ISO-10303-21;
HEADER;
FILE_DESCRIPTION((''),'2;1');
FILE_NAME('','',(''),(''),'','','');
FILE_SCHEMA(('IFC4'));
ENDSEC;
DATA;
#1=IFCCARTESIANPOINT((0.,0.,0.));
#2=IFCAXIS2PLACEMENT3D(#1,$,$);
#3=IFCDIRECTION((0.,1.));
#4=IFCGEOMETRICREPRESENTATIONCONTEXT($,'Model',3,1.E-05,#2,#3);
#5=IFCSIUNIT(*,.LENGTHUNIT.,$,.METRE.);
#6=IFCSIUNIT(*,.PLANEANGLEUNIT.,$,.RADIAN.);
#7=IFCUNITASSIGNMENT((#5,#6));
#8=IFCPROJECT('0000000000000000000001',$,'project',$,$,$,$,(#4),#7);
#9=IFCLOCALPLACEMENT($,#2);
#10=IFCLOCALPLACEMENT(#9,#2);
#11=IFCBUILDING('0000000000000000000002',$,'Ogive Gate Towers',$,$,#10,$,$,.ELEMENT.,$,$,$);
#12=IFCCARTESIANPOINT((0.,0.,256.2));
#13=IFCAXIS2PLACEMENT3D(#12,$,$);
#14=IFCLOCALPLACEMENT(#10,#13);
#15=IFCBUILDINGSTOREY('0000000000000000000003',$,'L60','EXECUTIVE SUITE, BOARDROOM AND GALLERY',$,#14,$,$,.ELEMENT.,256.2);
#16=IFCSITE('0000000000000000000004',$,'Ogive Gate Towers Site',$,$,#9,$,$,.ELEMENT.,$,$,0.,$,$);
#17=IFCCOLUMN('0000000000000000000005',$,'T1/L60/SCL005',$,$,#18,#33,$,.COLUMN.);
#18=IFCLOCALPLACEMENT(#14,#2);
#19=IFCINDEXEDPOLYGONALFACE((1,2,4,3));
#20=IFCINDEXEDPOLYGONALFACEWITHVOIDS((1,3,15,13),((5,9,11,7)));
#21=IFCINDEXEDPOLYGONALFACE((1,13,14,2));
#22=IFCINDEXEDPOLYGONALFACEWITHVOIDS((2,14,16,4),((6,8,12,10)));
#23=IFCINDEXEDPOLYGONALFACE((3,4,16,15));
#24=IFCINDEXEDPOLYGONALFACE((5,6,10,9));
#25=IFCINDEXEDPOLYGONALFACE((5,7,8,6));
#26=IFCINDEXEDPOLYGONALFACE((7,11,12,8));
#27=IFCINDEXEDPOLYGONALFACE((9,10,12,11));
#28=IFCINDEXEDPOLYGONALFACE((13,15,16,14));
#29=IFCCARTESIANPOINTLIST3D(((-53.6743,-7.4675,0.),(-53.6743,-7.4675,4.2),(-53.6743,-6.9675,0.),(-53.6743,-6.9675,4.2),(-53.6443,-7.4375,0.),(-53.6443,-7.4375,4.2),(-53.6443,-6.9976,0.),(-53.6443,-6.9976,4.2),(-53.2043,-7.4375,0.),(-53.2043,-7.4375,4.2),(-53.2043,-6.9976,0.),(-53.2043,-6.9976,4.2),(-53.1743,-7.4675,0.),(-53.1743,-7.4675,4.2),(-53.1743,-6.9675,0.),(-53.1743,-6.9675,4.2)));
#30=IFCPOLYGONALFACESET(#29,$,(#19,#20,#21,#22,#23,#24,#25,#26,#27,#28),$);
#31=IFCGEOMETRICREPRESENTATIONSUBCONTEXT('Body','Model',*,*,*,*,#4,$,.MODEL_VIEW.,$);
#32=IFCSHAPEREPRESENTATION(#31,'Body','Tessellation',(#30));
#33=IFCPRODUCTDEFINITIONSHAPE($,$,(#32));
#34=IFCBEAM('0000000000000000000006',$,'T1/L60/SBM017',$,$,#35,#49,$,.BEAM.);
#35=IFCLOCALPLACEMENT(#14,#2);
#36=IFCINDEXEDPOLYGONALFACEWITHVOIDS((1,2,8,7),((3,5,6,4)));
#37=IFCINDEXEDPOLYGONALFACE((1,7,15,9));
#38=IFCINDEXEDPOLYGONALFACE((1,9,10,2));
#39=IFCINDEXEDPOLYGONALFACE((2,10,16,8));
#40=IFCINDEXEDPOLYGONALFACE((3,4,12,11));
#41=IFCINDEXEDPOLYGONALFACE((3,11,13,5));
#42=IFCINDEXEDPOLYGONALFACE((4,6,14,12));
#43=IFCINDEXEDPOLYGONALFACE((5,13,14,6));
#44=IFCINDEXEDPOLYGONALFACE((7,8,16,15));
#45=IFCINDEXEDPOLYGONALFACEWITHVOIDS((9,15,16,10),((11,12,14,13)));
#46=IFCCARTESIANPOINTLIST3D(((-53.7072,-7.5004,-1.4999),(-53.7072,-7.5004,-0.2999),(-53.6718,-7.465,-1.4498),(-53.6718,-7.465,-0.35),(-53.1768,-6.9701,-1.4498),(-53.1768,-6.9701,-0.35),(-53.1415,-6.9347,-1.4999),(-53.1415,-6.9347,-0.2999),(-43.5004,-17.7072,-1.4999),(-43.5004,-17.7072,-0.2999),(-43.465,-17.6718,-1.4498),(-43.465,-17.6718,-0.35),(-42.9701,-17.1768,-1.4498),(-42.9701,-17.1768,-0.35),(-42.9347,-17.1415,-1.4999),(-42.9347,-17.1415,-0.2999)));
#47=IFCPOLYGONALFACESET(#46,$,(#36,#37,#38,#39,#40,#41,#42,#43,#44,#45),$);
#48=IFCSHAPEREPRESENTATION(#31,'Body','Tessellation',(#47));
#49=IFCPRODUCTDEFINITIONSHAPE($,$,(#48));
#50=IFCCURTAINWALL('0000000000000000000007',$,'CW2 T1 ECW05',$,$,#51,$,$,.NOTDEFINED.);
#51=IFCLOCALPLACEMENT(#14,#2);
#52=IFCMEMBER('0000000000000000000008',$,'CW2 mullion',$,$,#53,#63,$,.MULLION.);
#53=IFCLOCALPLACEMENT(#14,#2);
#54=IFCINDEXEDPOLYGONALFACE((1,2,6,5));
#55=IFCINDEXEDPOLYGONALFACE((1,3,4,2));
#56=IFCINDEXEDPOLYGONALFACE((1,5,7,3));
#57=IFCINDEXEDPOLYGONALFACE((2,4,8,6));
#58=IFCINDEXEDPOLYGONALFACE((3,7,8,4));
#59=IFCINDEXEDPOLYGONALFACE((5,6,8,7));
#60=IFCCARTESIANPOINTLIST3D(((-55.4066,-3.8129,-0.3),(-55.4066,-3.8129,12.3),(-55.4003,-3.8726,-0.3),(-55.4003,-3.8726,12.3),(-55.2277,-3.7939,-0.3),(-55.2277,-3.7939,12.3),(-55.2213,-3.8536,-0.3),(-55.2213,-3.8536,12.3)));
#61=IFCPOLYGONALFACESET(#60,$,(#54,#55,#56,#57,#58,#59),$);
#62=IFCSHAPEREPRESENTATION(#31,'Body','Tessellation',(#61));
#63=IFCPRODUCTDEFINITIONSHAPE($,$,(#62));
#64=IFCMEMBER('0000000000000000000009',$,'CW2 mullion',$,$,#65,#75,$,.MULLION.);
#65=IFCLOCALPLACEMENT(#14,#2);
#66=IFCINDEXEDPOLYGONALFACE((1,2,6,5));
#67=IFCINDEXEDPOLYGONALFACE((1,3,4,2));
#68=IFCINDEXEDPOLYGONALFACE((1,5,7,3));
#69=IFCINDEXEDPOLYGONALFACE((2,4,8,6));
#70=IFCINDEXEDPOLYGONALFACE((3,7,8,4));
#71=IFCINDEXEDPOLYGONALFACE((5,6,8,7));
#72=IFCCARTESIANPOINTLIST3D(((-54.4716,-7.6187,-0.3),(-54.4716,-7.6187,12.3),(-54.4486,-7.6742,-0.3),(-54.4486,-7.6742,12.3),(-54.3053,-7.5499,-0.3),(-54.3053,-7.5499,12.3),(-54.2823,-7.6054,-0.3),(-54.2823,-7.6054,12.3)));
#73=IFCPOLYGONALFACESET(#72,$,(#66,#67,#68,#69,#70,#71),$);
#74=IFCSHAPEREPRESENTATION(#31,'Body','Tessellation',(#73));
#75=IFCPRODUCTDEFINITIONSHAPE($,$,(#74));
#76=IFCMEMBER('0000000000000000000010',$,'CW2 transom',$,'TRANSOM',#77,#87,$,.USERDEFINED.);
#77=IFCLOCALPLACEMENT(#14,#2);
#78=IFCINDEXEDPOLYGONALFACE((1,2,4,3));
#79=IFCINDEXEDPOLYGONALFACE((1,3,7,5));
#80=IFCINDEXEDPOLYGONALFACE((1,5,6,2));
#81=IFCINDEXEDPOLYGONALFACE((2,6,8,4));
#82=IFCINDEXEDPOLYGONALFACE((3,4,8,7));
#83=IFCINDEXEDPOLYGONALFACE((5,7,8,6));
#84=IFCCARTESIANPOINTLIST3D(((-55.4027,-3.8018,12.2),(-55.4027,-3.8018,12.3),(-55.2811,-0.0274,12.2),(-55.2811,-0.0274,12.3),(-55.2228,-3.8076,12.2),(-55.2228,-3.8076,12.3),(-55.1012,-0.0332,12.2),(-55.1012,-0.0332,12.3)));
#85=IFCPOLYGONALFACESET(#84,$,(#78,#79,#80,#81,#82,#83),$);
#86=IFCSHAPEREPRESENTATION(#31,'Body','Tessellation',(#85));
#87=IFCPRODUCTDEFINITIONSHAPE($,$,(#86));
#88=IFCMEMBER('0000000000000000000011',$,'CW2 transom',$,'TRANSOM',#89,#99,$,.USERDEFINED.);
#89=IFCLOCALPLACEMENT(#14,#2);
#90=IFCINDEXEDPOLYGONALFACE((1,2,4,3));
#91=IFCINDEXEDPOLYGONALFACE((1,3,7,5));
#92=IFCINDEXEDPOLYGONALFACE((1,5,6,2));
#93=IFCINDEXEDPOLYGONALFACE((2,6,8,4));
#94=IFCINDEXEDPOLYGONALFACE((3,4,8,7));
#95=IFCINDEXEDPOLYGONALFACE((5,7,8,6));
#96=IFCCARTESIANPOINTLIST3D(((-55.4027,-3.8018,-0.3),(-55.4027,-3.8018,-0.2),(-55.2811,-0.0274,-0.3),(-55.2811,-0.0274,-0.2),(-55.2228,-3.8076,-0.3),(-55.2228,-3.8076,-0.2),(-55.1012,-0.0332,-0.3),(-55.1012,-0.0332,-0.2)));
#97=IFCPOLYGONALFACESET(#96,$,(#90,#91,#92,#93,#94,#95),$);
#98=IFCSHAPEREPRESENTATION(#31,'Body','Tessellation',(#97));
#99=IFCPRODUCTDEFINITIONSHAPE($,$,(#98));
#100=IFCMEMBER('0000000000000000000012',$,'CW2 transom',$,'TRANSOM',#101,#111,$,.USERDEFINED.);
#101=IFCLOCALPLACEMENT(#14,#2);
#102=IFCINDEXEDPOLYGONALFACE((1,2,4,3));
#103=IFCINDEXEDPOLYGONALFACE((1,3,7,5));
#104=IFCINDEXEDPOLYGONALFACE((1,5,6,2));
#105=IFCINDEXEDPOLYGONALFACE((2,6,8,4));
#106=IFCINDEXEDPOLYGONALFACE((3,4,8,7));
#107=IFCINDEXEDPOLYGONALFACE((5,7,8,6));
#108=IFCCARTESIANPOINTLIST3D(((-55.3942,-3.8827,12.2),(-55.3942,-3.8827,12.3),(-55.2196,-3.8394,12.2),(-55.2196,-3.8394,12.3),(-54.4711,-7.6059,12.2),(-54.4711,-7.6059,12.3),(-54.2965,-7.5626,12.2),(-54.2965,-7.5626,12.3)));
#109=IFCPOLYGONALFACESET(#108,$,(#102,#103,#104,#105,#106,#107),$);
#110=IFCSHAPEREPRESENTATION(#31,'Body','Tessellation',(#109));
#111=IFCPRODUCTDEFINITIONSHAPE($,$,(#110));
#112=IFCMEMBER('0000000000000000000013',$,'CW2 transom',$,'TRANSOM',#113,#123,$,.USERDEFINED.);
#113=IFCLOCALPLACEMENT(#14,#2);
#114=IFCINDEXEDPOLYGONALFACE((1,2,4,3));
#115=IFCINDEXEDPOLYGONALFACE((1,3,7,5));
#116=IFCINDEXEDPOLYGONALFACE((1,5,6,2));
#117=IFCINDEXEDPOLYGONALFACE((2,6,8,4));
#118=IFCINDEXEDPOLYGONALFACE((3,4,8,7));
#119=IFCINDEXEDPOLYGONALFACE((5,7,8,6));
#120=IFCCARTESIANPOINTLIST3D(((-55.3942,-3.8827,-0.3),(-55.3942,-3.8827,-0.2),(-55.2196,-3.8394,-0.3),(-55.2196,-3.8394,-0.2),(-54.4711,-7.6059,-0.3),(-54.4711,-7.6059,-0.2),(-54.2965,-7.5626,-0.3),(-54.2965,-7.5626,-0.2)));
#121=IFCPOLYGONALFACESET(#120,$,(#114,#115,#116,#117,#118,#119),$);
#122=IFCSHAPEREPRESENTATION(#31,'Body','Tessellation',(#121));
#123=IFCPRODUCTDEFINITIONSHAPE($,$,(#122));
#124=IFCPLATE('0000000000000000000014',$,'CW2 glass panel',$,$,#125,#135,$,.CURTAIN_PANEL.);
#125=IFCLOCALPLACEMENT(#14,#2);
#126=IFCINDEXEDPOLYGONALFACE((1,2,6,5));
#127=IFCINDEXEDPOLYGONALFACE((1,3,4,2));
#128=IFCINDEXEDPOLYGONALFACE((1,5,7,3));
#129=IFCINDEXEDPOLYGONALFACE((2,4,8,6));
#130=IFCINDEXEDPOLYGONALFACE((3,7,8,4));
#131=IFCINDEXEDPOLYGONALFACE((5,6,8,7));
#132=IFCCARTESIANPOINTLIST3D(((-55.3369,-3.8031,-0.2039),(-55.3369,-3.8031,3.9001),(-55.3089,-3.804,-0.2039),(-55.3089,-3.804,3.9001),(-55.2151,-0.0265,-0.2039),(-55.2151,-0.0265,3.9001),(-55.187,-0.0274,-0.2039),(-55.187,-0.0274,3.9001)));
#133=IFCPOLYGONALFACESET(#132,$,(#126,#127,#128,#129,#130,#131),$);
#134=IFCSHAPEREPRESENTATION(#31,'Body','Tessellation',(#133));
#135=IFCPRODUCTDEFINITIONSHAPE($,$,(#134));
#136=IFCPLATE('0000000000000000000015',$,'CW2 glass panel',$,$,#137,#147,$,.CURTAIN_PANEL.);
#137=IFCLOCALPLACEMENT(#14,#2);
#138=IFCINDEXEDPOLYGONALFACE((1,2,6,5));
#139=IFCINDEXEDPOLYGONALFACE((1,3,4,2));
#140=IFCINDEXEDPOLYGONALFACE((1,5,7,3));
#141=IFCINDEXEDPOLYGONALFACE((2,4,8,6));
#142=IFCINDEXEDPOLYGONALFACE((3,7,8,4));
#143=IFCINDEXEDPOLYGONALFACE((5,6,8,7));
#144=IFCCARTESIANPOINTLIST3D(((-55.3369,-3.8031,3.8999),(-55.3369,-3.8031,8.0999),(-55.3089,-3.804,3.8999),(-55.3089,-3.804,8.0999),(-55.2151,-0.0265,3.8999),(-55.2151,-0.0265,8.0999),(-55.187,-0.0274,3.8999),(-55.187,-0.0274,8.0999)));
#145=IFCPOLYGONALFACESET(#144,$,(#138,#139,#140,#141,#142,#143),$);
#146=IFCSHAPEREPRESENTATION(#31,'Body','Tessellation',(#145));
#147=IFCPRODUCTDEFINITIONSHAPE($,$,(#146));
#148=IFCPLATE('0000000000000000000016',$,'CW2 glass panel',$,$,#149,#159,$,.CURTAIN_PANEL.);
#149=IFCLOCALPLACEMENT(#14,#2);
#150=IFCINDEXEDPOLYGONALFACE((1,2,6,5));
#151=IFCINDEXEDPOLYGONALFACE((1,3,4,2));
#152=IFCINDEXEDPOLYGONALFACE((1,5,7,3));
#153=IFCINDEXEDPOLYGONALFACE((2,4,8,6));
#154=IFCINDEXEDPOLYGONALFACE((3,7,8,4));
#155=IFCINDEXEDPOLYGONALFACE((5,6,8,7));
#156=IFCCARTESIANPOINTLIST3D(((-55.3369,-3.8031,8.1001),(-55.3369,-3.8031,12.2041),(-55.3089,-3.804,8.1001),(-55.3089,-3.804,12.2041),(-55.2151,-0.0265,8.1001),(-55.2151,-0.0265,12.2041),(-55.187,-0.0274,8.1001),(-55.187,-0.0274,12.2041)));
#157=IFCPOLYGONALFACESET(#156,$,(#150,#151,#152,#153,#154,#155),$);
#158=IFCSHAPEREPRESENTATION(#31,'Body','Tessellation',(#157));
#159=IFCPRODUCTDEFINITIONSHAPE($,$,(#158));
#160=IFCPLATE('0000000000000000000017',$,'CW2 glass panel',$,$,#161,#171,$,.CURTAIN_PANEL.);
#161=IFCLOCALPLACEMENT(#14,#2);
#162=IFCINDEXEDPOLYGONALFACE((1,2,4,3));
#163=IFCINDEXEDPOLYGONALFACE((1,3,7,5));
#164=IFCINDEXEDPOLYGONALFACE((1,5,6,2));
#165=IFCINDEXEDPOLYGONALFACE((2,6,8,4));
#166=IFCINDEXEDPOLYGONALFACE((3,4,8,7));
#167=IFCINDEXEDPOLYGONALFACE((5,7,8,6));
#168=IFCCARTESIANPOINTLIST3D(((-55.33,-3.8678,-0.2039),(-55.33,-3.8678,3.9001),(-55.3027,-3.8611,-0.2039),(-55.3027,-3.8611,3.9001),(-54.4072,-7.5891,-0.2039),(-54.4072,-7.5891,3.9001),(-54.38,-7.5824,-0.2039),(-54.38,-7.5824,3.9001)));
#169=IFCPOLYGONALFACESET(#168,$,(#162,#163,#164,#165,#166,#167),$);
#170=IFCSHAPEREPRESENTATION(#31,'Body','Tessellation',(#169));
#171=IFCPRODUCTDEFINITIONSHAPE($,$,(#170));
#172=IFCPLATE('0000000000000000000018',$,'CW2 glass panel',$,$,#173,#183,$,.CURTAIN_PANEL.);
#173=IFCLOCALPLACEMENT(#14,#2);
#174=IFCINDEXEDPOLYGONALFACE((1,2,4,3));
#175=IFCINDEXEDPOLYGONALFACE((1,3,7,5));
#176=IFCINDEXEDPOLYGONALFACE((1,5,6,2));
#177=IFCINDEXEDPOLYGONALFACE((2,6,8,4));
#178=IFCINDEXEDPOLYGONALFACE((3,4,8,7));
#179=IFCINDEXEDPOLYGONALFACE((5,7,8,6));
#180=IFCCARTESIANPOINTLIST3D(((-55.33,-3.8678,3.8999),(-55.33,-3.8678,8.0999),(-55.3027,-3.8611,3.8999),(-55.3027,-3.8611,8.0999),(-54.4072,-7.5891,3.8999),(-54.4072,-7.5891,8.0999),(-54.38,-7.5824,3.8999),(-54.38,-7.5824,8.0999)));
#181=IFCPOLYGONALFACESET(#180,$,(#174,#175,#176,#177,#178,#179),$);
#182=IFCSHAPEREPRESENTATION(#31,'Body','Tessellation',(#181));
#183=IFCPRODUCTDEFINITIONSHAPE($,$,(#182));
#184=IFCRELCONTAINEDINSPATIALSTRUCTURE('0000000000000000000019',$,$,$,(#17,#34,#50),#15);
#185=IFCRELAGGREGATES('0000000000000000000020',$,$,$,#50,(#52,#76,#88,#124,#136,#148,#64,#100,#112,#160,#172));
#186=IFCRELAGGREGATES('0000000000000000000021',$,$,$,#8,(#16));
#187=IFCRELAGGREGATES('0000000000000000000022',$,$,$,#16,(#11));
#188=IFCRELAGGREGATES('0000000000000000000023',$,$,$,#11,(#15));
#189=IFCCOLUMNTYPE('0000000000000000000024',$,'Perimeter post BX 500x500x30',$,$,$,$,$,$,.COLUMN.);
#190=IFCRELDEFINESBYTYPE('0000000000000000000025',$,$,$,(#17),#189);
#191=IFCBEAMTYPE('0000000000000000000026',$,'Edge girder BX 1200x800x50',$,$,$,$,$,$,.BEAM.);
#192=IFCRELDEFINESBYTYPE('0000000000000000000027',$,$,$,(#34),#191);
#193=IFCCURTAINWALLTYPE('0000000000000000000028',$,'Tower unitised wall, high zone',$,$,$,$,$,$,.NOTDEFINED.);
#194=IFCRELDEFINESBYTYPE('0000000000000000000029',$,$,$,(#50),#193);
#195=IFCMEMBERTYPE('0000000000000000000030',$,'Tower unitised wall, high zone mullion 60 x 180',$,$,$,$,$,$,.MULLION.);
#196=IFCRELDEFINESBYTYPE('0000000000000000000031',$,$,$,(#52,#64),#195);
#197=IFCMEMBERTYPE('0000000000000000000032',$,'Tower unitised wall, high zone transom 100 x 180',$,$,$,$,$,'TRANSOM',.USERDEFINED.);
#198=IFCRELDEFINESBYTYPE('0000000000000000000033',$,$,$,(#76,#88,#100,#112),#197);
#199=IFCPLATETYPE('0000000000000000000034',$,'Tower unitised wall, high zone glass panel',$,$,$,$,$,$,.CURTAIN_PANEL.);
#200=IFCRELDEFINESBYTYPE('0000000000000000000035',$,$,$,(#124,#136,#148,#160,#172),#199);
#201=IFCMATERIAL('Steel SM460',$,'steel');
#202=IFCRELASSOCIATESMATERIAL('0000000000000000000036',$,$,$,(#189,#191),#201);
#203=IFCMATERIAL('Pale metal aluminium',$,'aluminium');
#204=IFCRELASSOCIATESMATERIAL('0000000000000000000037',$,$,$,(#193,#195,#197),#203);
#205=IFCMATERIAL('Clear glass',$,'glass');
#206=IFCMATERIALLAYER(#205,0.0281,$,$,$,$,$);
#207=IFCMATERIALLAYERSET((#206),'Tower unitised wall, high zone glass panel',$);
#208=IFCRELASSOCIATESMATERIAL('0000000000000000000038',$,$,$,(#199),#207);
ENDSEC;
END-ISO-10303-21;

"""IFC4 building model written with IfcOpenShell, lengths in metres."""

from ifc_helpers import new_model, si_unit, direction, frame, origin, origin_2d, place, context, subcontext, project, spatial, rectangle, hollow_rectangle, extrude, material, layer, layer_set, material_profile, profile_set, type_object, element, aggregate, save


model = new_model("IFC4")

# Units and contexts
model_context = context("Model", 3, precision=1e-05, world=origin(), true_north=direction((0.0, 1.0)))
body_context = subcontext(model_context, "Body", "Model", "MODEL_VIEW")
ifc_project = project(units=[si_unit("LENGTHUNIT", "METRE"), si_unit("PLANEANGLEUNIT", "RADIAN")], contexts=[model_context])

# Site, building, storey
site_placement = place(None, origin())
site = spatial("IfcSite", under=ifc_project, at=site_placement, Name="Ogive Gate Towers Site", CompositionType="ELEMENT", RefElevation=0.0)
building_placement = place(site_placement, origin())
building = spatial("IfcBuilding", under=site, at=building_placement, Name="Ogive Gate Towers", CompositionType="ELEMENT")
storey_placement = place(building_placement, frame((0.0, 0.0, 256.2)))
storey = spatial("IfcBuildingStorey", under=building, at=storey_placement, Name="L60", Description="EXECUTIVE SUITE, BOARDROOM AND GALLERY", CompositionType="ELEMENT", Elevation=256.2)

# Column
ifc_material_1 = material(Name="Steel SM460", Category="steel")
ifc_material_profile_1 = material_profile(ifc_material_1, hollow_rectangle(XDim=0.5, YDim=0.5, WallThickness=0.03, at=origin_2d()), Name="BX 500x500x30")
ifc_profile_set_1 = profile_set([ifc_material_profile_1], Name="Steel SM460")
column_type = type_object("IfcColumnType", Name="Perimeter post BX 500x500x30", PredefinedType="COLUMN", material=ifc_profile_set_1)
column_placement = place(storey_placement, frame((-53.4243, -7.2175, 0.0), z_axis=(0.0, 0.0, 1.0), x_axis=(1.0, 0.0, 0.0)))
element("IfcColumn", 1, at=column_placement, inside=storey, type_object=column_type, Name="T1/L60/SCL005", PredefinedType="COLUMN", context=body_context, shape_type="SweptSolid", body=[
    extrude(hollow_rectangle(XDim=0.5, YDim=0.5, WallThickness=0.03, at=origin_2d()), origin(), (0.0, 0.0, 1.0), 4.2),
])

# Beam
ifc_material_profile_2 = material_profile(ifc_material_1, hollow_rectangle(XDim=0.8, YDim=1.2, WallThickness=0.05, at=origin_2d()), Name="BX 1200x800x50")
ifc_profile_set_2 = profile_set([ifc_material_profile_2], Name="Steel SM460")
beam_type = type_object("IfcBeamType", Name="Edge girder BX 1200x800x50", PredefinedType="BEAM", material=ifc_profile_set_2)
beam_placement = place(storey_placement, frame((-53.4243, -7.2175, -0.8999), z_axis=(0.707107, -0.707107, 0.0), x_axis=(0.707107, 0.707107, 0.0)))
element("IfcBeam", 2, at=beam_placement, inside=storey, type_object=beam_type, Name="T1/L60/SBM017", PredefinedType="BEAM", context=body_context, shape_type="SweptSolid", body=[
    extrude(hollow_rectangle(XDim=0.8, YDim=1.2, WallThickness=0.05, at=origin_2d()), origin(), (0.0, 0.0, 1.0), 14.4346),
])

# Curtain wall, members, plates
ifc_material_2 = material(Name="Pale metal aluminium", Category="aluminium")
curtain_wall_type = type_object("IfcCurtainWallType", Name="Tower unitised wall, high zone", PredefinedType="NOTDEFINED", material=ifc_material_2)
curtain_wall_placement = place(storey_placement, origin())
curtain_wall = element("IfcCurtainWall", 3, at=curtain_wall_placement, inside=storey, type_object=curtain_wall_type, Name="CW2 T1 ECW05", PredefinedType="NOTDEFINED")
ifc_material_profile_3 = material_profile(ifc_material_2, rectangle(XDim=0.1799, YDim=0.0601, at=origin_2d()), Name="60 x 180 aluminium box")
ifc_profile_set_3 = profile_set([ifc_material_profile_3], Name="Pale metal aluminium")
member_type_1 = type_object("IfcMemberType", Name="Tower unitised wall, high zone mullion 60 x 180", PredefinedType="MULLION", material=ifc_profile_set_3)
member_1_placement = place(storey_placement, frame((-55.314, -3.8333, -0.3), z_axis=(0.0, 0.0, 1.0), x_axis=(-0.994451, -0.105205, 0.0)))
member_1 = element("IfcMember", 4, at=member_1_placement, type_object=member_type_1, Name="CW2 mullion", PredefinedType="MULLION", context=body_context, shape_type="SweptSolid", body=[
    extrude(rectangle(XDim=0.1799, YDim=0.0601, at=origin_2d()), origin(), (0.0, 0.0, 1.0), 12.6001),
])
member_2_placement = place(storey_placement, frame((-54.377, -7.6121, -0.3), z_axis=(0.0, 0.0, 1.0), x_axis=(-0.92388, -0.382683, 0.0)))
member_2 = element("IfcMember", 5, at=member_2_placement, type_object=member_type_1, Name="CW2 mullion", PredefinedType="MULLION", context=body_context, shape_type="SweptSolid", body=[
    extrude(rectangle(XDim=0.1799, YDim=0.0601, at=origin_2d()), origin(), (0.0, 0.0, 1.0), 12.6001),
])
ifc_material_profile_4 = material_profile(ifc_material_2, rectangle(XDim=0.1799, YDim=0.1001, at=origin_2d()), Name="100 x 180 aluminium box")
ifc_profile_set_4 = profile_set([ifc_material_profile_4], Name="Pale metal aluminium")
member_type_2 = type_object("IfcMemberType", Name="Tower unitised wall, high zone transom 100 x 180", ElementType="TRANSOM", PredefinedType="USERDEFINED", material=ifc_profile_set_4)
member_3_placement = place(storey_placement, frame((-55.1912, -0.0303, 12.25), z_axis=(-0.032195, -0.999482, 0.0), x_axis=(0.999482, -0.032195, 0.0)))
member_3 = element("IfcMember", 6, at=member_3_placement, type_object=member_type_2, Name="CW2 transom", ObjectType="TRANSOM", PredefinedType="USERDEFINED", context=body_context, shape_type="SweptSolid", body=[
    extrude(rectangle(XDim=0.1799, YDim=0.1001, at=origin_2d()), origin(), (0.0, 0.0, 1.0), 3.7764),
])
member_4_placement = place(storey_placement, frame((-55.1912, -0.0303, -0.25), z_axis=(-0.032195, -0.999482, 0.0), x_axis=(0.999482, -0.032195, 0.0)))
member_4 = element("IfcMember", 7, at=member_4_placement, type_object=member_type_2, Name="CW2 transom", ObjectType="TRANSOM", PredefinedType="USERDEFINED", context=body_context, shape_type="SweptSolid", body=[
    extrude(rectangle(XDim=0.1799, YDim=0.1001, at=origin_2d()), origin(), (0.0, 0.0, 1.0), 3.7764),
])
member_5_placement = place(storey_placement, frame((-55.3069, -3.8611, 12.25), z_axis=(0.240648, -0.970612, 0.0), x_axis=(0.970612, 0.240648, 0.0)))
member_5 = element("IfcMember", 8, at=member_5_placement, type_object=member_type_2, Name="CW2 transom", ObjectType="TRANSOM", PredefinedType="USERDEFINED", context=body_context, shape_type="SweptSolid", body=[
    extrude(rectangle(XDim=0.1799, YDim=0.1001, at=origin_2d()), origin(), (0.0, 0.0, 1.0), 3.8359),
])
member_6_placement = place(storey_placement, frame((-55.3069, -3.8611, -0.25), z_axis=(0.240648, -0.970612, 0.0), x_axis=(0.970612, 0.240648, 0.0)))
member_6 = element("IfcMember", 9, at=member_6_placement, type_object=member_type_2, Name="CW2 transom", ObjectType="TRANSOM", PredefinedType="USERDEFINED", context=body_context, shape_type="SweptSolid", body=[
    extrude(rectangle(XDim=0.1799, YDim=0.1001, at=origin_2d()), origin(), (0.0, 0.0, 1.0), 3.8359),
])
ifc_material_3 = material(Name="Clear glass", Category="glass")
ifc_layer_1 = layer(ifc_material_3, 0.0281)
ifc_layer_set_1 = layer_set([ifc_layer_1], Name="Tower unitised wall, high zone glass panel")
plate_type = type_object("IfcPlateType", Name="Tower unitised wall, high zone glass panel", PredefinedType="CURTAIN_PANEL", material=ifc_layer_set_1)
plate_1_placement = place(storey_placement, frame((-55.262, -1.9153, -0.2039), z_axis=(0.0, 0.0, 1.0), x_axis=(-0.032248, -0.99948, 0.0)))
plate_1 = element("IfcPlate", 10, at=plate_1_placement, type_object=plate_type, Name="CW2 glass panel", PredefinedType="CURTAIN_PANEL", context=body_context, shape_type="SweptSolid", body=[
    extrude(rectangle(XDim=3.7786, YDim=0.0281, at=origin_2d()), origin(), (0.0, 0.0, 1.0), 4.104),
])
plate_2_placement = place(storey_placement, frame((-55.262, -1.9153, 3.8999), z_axis=(0.0, 0.0, 1.0), x_axis=(-0.032248, -0.99948, 0.0)))
plate_2 = element("IfcPlate", 11, at=plate_2_placement, type_object=plate_type, Name="CW2 glass panel", PredefinedType="CURTAIN_PANEL", context=body_context, shape_type="SweptSolid", body=[
    extrude(rectangle(XDim=3.7786, YDim=0.0281, at=origin_2d()), origin(), (0.0, 0.0, 1.0), 4.2),
])
plate_3_placement = place(storey_placement, frame((-55.262, -1.9153, 8.1001), z_axis=(0.0, 0.0, 1.0), x_axis=(-0.032248, -0.99948, 0.0)))
plate_3 = element("IfcPlate", 12, at=plate_3_placement, type_object=plate_type, Name="CW2 glass panel", PredefinedType="CURTAIN_PANEL", context=body_context, shape_type="SweptSolid", body=[
    extrude(rectangle(XDim=3.7786, YDim=0.0281, at=origin_2d()), origin(), (0.0, 0.0, 1.0), 4.104),
])
plate_4_placement = place(storey_placement, frame((-54.855, -5.7251, -0.2039), z_axis=(0.0, 0.0, 1.0), x_axis=(0.240669, -0.970607, 0.0)))
plate_4 = element("IfcPlate", 13, at=plate_4_placement, type_object=plate_type, Name="CW2 glass panel", PredefinedType="CURTAIN_PANEL", context=body_context, shape_type="SweptSolid", body=[
    extrude(rectangle(XDim=3.834, YDim=0.0281, at=origin_2d()), origin(), (0.0, 0.0, 1.0), 4.104),
])
plate_5_placement = place(storey_placement, frame((-54.855, -5.7251, 3.8999), z_axis=(0.0, 0.0, 1.0), x_axis=(0.240669, -0.970607, 0.0)))
plate_5 = element("IfcPlate", 14, at=plate_5_placement, type_object=plate_type, Name="CW2 glass panel", PredefinedType="CURTAIN_PANEL", context=body_context, shape_type="SweptSolid", body=[
    extrude(rectangle(XDim=3.834, YDim=0.0281, at=origin_2d()), origin(), (0.0, 0.0, 1.0), 4.2),
])
aggregate(curtain_wall, [member_1, member_3, member_4, plate_1, plate_2, plate_3, member_2, member_5, member_6, plate_4, plate_5])

save(model, "model.ifc")
